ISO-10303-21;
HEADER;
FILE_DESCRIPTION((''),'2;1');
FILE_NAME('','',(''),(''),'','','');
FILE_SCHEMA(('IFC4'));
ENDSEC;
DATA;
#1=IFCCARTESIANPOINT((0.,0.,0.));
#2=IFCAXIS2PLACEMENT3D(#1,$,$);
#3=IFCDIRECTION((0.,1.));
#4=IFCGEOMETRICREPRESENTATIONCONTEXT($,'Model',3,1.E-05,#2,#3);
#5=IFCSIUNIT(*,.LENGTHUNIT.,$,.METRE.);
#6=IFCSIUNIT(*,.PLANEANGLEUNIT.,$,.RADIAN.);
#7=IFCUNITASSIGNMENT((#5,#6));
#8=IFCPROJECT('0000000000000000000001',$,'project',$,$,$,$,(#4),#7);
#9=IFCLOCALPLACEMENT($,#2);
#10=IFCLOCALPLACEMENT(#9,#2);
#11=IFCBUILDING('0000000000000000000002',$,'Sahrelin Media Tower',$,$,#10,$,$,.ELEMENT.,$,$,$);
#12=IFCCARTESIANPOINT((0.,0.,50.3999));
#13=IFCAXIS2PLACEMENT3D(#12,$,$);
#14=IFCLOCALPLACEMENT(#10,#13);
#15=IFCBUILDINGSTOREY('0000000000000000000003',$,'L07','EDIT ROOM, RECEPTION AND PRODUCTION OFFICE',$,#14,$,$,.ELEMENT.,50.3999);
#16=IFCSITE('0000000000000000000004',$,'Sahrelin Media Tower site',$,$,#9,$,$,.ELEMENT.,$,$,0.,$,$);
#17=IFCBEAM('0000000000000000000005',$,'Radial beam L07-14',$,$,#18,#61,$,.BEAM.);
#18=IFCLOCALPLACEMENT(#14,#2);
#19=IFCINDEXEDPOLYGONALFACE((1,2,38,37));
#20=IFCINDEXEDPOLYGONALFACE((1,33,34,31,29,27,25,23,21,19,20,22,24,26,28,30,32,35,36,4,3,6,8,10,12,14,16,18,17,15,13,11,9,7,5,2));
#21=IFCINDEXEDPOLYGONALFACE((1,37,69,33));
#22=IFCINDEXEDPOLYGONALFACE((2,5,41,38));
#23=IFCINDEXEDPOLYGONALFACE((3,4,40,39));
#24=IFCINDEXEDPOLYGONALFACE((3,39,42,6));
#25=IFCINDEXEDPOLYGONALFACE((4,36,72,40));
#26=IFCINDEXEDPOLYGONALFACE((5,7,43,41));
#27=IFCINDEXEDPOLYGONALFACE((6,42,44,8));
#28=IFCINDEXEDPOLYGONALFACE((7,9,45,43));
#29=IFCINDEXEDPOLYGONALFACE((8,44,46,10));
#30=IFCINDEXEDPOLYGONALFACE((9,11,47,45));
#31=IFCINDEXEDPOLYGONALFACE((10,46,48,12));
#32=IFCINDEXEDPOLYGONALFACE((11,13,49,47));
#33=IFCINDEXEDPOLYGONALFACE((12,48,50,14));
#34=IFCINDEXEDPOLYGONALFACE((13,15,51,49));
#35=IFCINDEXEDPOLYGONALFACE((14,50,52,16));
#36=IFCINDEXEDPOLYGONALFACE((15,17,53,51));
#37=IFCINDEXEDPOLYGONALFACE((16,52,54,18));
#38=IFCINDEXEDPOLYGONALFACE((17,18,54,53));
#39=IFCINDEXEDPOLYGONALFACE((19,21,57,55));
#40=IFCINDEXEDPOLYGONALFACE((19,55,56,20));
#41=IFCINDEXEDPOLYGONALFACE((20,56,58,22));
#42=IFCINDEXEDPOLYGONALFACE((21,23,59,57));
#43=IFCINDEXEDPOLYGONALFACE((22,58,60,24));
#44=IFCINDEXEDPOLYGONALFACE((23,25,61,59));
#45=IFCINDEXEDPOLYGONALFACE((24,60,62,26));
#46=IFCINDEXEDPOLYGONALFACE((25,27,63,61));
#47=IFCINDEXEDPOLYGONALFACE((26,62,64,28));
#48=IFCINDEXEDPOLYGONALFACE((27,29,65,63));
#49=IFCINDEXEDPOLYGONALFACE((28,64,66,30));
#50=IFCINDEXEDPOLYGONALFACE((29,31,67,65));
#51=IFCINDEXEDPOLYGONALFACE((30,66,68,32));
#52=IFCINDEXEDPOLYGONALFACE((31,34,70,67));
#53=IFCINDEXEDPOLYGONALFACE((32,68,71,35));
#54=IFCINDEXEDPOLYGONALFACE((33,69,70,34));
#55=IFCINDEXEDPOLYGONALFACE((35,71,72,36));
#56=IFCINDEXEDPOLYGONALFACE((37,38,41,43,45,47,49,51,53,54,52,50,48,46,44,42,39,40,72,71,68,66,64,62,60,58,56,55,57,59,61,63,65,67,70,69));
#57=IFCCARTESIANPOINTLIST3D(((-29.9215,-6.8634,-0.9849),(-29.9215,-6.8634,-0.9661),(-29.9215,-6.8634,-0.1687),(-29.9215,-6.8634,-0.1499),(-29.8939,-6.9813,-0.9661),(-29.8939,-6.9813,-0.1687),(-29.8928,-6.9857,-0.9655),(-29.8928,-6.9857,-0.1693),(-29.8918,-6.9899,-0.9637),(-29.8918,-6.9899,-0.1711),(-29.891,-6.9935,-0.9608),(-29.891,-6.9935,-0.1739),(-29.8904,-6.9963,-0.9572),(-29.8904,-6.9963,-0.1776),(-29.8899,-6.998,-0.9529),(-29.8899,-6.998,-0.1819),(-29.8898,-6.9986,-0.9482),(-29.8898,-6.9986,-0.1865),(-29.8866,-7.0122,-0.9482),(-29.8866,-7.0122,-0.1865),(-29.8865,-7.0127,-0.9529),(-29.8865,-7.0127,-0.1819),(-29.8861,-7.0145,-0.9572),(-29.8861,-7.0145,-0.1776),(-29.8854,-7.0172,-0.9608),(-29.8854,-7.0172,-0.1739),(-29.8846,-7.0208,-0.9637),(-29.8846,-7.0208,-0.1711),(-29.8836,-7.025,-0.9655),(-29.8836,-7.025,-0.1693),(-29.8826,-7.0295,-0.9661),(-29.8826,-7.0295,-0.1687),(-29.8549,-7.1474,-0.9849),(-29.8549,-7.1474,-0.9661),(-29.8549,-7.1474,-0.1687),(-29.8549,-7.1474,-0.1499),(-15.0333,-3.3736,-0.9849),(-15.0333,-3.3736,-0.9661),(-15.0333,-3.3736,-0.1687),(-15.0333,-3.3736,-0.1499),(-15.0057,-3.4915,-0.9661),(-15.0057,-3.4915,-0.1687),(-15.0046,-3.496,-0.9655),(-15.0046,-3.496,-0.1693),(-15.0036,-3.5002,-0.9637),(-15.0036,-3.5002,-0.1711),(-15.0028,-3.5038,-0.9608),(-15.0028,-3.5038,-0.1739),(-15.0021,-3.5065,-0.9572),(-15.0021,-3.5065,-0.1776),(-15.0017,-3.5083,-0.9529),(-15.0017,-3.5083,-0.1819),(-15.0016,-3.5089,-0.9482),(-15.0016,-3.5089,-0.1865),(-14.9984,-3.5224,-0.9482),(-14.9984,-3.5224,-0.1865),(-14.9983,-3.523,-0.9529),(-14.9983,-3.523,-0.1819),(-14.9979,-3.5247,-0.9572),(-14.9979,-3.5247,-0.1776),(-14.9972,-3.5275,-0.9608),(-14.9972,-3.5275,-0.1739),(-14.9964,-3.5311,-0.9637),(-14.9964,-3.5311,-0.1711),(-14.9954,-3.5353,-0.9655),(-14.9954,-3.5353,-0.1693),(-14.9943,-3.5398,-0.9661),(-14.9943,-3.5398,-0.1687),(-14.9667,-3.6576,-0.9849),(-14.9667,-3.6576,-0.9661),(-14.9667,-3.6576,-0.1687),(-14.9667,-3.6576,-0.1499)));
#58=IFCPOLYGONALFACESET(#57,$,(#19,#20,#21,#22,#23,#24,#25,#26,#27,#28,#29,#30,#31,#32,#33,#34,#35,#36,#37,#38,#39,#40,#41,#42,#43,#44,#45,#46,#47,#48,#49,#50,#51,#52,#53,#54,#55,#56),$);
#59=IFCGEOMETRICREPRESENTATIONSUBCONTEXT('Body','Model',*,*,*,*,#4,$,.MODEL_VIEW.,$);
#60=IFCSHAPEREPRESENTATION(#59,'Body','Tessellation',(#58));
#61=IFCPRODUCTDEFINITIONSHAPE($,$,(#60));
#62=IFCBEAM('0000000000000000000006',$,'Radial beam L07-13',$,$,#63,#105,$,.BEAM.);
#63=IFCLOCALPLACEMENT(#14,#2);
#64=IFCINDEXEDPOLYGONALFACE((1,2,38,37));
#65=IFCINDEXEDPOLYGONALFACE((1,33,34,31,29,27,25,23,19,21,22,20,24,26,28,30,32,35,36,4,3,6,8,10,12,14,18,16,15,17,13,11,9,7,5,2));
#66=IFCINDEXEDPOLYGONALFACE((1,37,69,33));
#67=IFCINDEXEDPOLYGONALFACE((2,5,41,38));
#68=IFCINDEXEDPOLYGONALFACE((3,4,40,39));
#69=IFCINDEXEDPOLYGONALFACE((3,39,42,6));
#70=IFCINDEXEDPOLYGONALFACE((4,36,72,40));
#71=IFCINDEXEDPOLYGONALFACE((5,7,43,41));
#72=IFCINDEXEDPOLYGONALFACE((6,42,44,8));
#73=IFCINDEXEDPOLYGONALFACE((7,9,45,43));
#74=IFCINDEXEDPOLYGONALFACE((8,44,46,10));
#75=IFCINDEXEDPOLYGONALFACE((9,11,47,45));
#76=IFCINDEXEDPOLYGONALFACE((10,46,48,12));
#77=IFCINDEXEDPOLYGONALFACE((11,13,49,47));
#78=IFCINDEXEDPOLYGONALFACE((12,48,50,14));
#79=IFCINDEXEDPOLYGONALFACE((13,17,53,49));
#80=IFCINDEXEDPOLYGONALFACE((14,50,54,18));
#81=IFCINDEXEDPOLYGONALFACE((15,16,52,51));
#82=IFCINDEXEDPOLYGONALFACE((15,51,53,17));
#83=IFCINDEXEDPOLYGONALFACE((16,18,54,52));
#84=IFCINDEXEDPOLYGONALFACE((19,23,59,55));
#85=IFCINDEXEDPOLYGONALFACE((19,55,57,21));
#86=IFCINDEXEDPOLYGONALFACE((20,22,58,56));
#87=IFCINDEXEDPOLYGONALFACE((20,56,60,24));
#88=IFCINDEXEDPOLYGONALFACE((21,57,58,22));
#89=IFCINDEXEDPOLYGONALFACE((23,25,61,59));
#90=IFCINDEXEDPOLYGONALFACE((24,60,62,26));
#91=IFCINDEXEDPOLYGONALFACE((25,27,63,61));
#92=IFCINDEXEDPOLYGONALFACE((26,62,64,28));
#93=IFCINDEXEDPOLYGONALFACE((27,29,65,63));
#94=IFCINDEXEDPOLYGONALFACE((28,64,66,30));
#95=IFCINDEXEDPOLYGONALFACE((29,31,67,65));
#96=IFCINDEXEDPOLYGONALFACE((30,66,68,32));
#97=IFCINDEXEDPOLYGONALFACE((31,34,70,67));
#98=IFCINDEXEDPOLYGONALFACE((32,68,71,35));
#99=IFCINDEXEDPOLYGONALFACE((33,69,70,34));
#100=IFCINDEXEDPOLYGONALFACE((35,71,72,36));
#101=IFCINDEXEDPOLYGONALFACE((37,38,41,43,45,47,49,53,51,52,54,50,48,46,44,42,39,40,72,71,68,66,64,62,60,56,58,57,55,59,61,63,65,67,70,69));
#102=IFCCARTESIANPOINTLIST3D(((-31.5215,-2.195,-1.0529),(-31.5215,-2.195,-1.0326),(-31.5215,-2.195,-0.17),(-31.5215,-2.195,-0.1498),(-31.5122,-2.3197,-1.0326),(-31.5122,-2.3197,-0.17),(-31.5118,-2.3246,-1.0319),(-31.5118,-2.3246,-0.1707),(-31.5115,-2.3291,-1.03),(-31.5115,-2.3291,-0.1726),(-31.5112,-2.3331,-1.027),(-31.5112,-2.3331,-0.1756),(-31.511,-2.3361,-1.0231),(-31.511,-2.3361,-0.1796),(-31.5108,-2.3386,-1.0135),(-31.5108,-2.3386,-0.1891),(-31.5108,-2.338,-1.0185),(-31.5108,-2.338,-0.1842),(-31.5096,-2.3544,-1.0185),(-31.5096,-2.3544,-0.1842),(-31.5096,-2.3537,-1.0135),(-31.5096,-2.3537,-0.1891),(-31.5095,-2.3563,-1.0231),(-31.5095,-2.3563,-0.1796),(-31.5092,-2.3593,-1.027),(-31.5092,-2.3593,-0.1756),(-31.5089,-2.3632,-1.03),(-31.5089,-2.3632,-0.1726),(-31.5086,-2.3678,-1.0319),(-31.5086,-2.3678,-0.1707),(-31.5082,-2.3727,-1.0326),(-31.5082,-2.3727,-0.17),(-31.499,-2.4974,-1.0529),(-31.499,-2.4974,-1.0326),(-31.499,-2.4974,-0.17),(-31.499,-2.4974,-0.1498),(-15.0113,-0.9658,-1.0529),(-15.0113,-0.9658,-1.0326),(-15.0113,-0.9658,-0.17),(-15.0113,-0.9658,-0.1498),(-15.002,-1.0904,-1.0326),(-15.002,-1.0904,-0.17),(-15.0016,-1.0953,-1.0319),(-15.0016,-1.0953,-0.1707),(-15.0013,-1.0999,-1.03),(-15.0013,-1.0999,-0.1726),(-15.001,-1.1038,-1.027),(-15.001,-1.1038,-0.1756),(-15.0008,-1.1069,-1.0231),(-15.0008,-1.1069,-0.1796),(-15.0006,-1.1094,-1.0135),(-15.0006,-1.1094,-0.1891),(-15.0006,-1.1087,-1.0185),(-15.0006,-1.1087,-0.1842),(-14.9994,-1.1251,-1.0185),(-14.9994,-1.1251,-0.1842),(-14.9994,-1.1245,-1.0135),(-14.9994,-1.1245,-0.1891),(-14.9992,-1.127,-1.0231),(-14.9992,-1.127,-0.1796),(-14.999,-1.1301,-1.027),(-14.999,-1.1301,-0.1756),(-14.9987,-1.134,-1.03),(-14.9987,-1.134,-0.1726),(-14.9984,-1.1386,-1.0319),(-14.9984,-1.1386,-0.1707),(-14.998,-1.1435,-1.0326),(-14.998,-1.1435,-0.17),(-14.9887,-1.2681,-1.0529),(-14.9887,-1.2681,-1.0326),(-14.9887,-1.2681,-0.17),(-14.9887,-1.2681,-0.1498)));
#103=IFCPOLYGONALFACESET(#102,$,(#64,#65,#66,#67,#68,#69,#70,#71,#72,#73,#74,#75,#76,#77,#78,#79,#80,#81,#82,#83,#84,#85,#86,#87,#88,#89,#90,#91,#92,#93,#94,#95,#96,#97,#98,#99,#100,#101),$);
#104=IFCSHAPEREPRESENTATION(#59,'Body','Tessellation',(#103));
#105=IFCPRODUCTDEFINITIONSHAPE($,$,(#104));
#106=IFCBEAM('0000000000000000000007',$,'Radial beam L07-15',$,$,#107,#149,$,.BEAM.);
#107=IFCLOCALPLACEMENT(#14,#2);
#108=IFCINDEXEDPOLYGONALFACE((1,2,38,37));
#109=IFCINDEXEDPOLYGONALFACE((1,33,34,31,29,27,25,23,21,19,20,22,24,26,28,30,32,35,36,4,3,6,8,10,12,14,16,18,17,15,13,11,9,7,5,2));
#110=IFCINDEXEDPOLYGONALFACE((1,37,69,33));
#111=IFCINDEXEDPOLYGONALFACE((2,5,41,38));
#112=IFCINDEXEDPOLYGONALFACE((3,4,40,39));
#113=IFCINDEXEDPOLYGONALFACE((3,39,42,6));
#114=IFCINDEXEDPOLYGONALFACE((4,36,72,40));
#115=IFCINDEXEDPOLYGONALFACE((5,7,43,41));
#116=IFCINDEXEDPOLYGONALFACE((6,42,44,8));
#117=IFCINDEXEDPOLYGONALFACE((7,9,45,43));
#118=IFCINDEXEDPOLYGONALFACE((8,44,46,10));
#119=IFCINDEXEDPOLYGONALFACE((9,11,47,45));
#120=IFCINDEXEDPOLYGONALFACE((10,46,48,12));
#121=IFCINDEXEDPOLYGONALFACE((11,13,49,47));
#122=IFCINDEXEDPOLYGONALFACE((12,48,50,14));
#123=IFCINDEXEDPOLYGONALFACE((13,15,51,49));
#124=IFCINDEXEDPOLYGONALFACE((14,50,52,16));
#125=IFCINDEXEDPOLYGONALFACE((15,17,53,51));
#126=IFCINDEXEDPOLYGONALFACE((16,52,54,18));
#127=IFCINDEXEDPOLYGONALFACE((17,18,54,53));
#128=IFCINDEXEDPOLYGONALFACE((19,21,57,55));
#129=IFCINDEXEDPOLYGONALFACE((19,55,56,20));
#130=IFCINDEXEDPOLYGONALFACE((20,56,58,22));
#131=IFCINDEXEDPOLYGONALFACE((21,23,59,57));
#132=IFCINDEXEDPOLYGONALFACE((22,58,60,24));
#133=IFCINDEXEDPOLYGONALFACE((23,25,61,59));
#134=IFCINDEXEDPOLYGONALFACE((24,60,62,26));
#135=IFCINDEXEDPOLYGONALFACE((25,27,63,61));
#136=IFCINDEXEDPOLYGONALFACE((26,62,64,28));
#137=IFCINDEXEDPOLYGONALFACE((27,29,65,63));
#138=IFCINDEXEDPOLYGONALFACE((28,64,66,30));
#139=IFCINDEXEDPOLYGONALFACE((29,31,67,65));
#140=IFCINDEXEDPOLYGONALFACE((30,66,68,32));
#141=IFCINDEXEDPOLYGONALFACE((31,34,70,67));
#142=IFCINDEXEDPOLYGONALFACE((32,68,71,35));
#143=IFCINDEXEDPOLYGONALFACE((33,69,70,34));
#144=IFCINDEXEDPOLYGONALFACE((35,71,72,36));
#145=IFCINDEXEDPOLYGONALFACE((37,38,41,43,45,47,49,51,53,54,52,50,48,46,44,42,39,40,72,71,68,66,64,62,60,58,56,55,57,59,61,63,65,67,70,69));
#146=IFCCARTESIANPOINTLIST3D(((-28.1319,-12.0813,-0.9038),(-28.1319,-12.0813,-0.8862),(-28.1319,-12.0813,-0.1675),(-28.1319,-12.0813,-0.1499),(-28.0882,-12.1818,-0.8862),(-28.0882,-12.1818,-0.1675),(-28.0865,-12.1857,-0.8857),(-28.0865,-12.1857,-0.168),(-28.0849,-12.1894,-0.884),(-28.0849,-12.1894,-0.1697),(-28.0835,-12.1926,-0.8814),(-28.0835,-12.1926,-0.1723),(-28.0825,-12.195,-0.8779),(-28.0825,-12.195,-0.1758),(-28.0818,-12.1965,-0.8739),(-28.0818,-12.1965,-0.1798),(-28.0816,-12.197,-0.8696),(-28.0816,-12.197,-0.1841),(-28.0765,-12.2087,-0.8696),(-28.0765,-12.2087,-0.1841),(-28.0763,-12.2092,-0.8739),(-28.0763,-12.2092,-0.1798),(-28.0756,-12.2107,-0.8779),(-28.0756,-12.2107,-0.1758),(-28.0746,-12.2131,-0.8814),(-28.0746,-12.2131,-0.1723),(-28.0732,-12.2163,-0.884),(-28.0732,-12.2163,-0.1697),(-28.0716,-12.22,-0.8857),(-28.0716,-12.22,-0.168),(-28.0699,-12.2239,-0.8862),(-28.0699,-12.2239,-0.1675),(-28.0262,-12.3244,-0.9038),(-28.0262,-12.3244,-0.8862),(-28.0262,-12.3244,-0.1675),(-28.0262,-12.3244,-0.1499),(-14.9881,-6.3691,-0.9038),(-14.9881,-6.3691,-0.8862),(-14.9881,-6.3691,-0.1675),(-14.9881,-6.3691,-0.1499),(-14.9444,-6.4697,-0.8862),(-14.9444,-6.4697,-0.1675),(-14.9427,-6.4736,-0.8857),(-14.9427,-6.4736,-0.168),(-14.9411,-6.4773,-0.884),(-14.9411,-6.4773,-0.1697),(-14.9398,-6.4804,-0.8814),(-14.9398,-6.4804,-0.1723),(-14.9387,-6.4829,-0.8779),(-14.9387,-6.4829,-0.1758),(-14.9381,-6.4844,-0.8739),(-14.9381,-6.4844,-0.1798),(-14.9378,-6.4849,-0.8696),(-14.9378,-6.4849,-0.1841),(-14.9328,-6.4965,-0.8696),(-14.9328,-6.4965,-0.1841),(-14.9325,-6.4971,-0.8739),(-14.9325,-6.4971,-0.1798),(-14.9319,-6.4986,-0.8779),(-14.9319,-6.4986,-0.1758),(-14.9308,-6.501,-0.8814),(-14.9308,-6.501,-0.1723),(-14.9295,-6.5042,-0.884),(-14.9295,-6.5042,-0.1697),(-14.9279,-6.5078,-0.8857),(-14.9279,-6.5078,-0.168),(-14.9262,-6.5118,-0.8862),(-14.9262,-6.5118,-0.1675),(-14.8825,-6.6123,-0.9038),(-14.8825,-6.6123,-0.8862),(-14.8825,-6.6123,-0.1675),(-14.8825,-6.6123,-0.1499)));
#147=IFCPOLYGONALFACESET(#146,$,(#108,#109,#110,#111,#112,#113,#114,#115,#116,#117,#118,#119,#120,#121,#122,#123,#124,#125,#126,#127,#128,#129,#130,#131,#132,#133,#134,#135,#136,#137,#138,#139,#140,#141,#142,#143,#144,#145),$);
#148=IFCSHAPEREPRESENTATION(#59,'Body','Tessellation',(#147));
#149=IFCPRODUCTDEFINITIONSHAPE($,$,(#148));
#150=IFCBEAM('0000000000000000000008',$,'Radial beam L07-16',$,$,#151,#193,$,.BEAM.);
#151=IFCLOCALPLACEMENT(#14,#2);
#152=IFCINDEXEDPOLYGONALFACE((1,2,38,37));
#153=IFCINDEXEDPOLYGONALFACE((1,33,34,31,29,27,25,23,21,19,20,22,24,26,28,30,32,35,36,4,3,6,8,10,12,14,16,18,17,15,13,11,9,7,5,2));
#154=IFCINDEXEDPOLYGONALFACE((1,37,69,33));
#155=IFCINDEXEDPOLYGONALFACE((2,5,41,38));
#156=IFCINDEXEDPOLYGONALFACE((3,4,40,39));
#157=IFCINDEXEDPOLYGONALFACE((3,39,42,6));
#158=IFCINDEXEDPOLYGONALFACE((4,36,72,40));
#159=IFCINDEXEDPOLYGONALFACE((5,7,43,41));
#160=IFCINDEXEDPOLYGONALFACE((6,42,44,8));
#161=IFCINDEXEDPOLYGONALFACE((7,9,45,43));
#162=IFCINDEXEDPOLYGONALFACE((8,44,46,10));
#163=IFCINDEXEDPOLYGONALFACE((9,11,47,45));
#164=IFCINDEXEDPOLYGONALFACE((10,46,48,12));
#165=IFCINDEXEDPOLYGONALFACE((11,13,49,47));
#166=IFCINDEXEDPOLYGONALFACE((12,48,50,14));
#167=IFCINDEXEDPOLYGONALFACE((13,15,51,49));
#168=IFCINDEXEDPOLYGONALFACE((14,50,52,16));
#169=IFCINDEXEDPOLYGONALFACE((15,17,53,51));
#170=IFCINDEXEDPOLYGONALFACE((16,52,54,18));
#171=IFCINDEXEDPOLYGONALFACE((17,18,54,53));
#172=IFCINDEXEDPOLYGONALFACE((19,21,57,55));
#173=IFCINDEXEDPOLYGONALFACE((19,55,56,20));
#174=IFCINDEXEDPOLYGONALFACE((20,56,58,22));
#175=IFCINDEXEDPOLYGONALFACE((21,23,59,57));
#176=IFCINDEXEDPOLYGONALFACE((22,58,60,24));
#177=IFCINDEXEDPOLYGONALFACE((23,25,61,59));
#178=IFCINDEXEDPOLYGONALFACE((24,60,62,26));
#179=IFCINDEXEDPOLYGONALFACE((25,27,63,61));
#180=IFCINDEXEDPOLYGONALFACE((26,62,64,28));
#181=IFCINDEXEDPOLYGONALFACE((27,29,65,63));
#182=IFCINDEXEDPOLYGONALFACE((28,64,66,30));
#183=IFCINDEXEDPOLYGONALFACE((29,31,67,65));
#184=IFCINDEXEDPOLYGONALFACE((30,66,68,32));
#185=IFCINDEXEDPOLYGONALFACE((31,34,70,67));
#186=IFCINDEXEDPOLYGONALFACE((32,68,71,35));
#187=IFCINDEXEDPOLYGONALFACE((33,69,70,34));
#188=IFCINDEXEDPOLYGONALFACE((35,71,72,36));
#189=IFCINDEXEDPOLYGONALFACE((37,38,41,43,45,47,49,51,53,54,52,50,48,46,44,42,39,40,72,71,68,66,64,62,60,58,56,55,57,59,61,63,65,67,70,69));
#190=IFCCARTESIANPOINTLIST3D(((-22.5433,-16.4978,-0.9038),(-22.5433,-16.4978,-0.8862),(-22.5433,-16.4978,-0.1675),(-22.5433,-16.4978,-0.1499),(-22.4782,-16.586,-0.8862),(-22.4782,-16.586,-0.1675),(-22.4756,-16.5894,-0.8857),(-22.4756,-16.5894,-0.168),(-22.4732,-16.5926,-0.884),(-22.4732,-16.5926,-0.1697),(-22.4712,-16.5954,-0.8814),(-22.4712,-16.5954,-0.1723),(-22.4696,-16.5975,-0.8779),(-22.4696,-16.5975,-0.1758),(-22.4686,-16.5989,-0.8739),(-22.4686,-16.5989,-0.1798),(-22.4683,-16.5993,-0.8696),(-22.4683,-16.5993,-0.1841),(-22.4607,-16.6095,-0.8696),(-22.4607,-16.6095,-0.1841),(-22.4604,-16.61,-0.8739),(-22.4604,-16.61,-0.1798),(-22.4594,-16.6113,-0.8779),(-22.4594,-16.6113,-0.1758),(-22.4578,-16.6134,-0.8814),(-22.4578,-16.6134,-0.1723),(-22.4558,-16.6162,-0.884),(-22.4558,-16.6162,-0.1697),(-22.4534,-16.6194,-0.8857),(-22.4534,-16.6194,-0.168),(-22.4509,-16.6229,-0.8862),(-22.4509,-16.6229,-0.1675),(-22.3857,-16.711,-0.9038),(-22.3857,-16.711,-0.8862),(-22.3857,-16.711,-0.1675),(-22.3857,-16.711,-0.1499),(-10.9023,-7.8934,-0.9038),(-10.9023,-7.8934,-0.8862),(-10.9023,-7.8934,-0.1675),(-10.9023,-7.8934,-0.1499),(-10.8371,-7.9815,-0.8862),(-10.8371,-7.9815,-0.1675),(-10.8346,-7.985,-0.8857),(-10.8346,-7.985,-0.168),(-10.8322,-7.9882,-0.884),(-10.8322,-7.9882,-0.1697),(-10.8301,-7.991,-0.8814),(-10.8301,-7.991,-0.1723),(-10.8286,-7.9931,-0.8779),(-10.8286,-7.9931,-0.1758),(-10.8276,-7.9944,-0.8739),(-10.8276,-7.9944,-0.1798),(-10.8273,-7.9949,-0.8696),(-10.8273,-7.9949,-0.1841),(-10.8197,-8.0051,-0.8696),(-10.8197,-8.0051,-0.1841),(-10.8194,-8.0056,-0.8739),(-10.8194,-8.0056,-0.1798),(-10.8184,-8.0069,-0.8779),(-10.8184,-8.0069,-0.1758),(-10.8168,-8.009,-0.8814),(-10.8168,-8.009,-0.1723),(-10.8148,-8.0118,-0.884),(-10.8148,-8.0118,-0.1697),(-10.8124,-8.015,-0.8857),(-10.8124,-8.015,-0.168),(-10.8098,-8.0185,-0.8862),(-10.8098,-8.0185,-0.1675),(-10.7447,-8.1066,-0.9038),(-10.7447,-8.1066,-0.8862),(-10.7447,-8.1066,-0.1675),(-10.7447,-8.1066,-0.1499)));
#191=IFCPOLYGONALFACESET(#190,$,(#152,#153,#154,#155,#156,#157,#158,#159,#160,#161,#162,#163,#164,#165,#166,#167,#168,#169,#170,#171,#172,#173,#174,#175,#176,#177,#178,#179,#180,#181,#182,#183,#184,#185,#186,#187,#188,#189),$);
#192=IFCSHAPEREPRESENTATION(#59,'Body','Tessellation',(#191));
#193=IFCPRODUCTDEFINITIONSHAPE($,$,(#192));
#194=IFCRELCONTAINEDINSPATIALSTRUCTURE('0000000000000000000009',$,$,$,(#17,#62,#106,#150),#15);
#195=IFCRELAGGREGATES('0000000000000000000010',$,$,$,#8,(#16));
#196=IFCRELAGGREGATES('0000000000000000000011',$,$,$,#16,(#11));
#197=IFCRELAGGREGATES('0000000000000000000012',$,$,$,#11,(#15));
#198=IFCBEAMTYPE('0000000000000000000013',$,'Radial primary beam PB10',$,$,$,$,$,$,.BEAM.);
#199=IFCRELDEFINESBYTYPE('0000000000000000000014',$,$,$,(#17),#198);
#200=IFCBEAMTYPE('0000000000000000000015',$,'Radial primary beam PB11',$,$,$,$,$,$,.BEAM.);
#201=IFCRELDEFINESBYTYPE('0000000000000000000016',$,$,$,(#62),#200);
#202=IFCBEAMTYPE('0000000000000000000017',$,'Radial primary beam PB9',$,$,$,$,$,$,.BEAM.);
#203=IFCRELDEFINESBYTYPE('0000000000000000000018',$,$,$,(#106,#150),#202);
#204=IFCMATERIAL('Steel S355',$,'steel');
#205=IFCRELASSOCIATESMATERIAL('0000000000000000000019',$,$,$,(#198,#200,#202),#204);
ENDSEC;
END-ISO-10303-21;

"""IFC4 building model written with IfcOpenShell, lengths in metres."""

from ifc_helpers import new_model, si_unit, direction, frame, origin, origin_2d, place, context, subcontext, project, spatial, i_section, extrude, material, material_profile, profile_set, type_object, element, save


model = new_model("IFC4")

# Units and contexts
model_context = context("Model", 3, precision=1e-05, world=origin(), true_north=direction((0.0, 1.0)))
body_context = subcontext(model_context, "Body", "Model", "MODEL_VIEW")
ifc_project = project(units=[si_unit("LENGTHUNIT", "METRE"), si_unit("PLANEANGLEUNIT", "RADIAN")], contexts=[model_context])

# Site, building, storey
site_placement = place(None, origin())
site = spatial("IfcSite", under=ifc_project, at=site_placement, Name="Sahrelin Media Tower site", CompositionType="ELEMENT", RefElevation=0.0)
building_placement = place(site_placement, origin())
building = spatial("IfcBuilding", under=site, at=building_placement, Name="Sahrelin Media Tower", CompositionType="ELEMENT")
storey_placement = place(building_placement, frame((0.0, 0.0, 50.3999)))
storey = spatial("IfcBuildingStorey", under=building, at=storey_placement, Name="L07", Description="EDIT ROOM, RECEPTION AND PRODUCTION OFFICE", CompositionType="ELEMENT", Elevation=50.3999)

# Beams
ifc_material_1 = material(Name="Steel S355", Category="steel")
ifc_material_profile_1 = material_profile(ifc_material_1, i_section(OverallWidth=0.2917, OverallDepth=0.835, WebThickness=0.0139, FlangeThickness=0.0188, FilletRadius=0.0178, at=origin_2d()), Name="UB 838x292x176")
ifc_profile_set_1 = profile_set([ifc_material_profile_1], Name="Steel S355")
beam_type_1 = type_object("IfcBeamType", Name="Radial primary beam PB10", PredefinedType="BEAM", material=ifc_profile_set_1)
beam_1_placement = place(storey_placement, frame((-15.0, -3.5156, -0.5674), z_axis=(-0.973612, -0.228212, 0.0), x_axis=(0.228212, -0.973612, 0.0)))
element("IfcBeam", 1, at=beam_1_placement, inside=storey, type_object=beam_type_1, Name="Radial beam L07-14", PredefinedType="BEAM", context=body_context, shape_type="SweptSolid", body=[
    extrude(i_section(OverallWidth=0.2917, OverallDepth=0.835, WebThickness=0.0139, FlangeThickness=0.0188, FilletRadius=0.0178, at=origin_2d()), origin(), (0.0, 0.0, 1.0), 15.2917),
])
ifc_material_profile_2 = material_profile(ifc_material_1, i_section(OverallWidth=0.3032, OverallDepth=0.9031, WebThickness=0.0151, FlangeThickness=0.0203, FilletRadius=0.019, at=origin_2d()), Name="UB 914x305x201")
ifc_profile_set_2 = profile_set([ifc_material_profile_2], Name="Steel S355")
beam_type_2 = type_object("IfcBeamType", Name="Radial primary beam PB11", PredefinedType="BEAM", material=ifc_profile_set_2)
beam_2_placement = place(storey_placement, frame((-15.0, -1.1169, -0.6013), z_axis=(-0.99724, -0.074248, 0.0), x_axis=(0.074248, -0.99724, 0.0)))
element("IfcBeam", 2, at=beam_2_placement, inside=storey, type_object=beam_type_2, Name="Radial beam L07-13", PredefinedType="BEAM", context=body_context, shape_type="SweptSolid", body=[
    extrude(i_section(OverallWidth=0.3032, OverallDepth=0.9031, WebThickness=0.0151, FlangeThickness=0.0203, FilletRadius=0.019, at=origin_2d()), origin(), (0.0, 0.0, 1.0), 16.5559),
])
ifc_material_profile_3 = material_profile(ifc_material_1, i_section(OverallWidth=0.2651, OverallDepth=0.7539, WebThickness=0.0127, FlangeThickness=0.0176, FilletRadius=0.0166, at=origin_2d()), Name="UB 762x267x147")
ifc_profile_set_3 = profile_set([ifc_material_profile_3], Name="Steel S355")
beam_type_3 = type_object("IfcBeamType", Name="Radial primary beam PB9", PredefinedType="BEAM", material=ifc_profile_set_3)
beam_3_placement = place(storey_placement, frame((-14.9353, -6.4907, -0.5269), z_axis=(-0.917135, -0.398577, 0.0), x_axis=(0.398577, -0.917135, 0.0)))
element("IfcBeam", 3, at=beam_3_placement, inside=storey, type_object=beam_type_3, Name="Radial beam L07-15", PredefinedType="BEAM", context=body_context, shape_type="SweptSolid", body=[
    extrude(i_section(OverallWidth=0.2651, OverallDepth=0.7539, WebThickness=0.0127, FlangeThickness=0.0176, FilletRadius=0.0166, at=origin_2d()), origin(), (0.0, 0.0, 1.0), 14.3313),
])
beam_4_placement = place(storey_placement, frame((-10.8235, -8.0, -0.5269), z_axis=(-0.80417, -0.5944, 0.0), x_axis=(0.5944, -0.80417, 0.0)))
element("IfcBeam", 4, at=beam_4_placement, inside=storey, type_object=beam_type_3, Name="Radial beam L07-16", PredefinedType="BEAM", context=body_context, shape_type="SweptSolid", body=[
    extrude(i_section(OverallWidth=0.2651, OverallDepth=0.7539, WebThickness=0.0127, FlangeThickness=0.0176, FilletRadius=0.0166, at=origin_2d()), origin(), (0.0, 0.0, 1.0), 14.4758),
])

save(model, "model.ifc")
